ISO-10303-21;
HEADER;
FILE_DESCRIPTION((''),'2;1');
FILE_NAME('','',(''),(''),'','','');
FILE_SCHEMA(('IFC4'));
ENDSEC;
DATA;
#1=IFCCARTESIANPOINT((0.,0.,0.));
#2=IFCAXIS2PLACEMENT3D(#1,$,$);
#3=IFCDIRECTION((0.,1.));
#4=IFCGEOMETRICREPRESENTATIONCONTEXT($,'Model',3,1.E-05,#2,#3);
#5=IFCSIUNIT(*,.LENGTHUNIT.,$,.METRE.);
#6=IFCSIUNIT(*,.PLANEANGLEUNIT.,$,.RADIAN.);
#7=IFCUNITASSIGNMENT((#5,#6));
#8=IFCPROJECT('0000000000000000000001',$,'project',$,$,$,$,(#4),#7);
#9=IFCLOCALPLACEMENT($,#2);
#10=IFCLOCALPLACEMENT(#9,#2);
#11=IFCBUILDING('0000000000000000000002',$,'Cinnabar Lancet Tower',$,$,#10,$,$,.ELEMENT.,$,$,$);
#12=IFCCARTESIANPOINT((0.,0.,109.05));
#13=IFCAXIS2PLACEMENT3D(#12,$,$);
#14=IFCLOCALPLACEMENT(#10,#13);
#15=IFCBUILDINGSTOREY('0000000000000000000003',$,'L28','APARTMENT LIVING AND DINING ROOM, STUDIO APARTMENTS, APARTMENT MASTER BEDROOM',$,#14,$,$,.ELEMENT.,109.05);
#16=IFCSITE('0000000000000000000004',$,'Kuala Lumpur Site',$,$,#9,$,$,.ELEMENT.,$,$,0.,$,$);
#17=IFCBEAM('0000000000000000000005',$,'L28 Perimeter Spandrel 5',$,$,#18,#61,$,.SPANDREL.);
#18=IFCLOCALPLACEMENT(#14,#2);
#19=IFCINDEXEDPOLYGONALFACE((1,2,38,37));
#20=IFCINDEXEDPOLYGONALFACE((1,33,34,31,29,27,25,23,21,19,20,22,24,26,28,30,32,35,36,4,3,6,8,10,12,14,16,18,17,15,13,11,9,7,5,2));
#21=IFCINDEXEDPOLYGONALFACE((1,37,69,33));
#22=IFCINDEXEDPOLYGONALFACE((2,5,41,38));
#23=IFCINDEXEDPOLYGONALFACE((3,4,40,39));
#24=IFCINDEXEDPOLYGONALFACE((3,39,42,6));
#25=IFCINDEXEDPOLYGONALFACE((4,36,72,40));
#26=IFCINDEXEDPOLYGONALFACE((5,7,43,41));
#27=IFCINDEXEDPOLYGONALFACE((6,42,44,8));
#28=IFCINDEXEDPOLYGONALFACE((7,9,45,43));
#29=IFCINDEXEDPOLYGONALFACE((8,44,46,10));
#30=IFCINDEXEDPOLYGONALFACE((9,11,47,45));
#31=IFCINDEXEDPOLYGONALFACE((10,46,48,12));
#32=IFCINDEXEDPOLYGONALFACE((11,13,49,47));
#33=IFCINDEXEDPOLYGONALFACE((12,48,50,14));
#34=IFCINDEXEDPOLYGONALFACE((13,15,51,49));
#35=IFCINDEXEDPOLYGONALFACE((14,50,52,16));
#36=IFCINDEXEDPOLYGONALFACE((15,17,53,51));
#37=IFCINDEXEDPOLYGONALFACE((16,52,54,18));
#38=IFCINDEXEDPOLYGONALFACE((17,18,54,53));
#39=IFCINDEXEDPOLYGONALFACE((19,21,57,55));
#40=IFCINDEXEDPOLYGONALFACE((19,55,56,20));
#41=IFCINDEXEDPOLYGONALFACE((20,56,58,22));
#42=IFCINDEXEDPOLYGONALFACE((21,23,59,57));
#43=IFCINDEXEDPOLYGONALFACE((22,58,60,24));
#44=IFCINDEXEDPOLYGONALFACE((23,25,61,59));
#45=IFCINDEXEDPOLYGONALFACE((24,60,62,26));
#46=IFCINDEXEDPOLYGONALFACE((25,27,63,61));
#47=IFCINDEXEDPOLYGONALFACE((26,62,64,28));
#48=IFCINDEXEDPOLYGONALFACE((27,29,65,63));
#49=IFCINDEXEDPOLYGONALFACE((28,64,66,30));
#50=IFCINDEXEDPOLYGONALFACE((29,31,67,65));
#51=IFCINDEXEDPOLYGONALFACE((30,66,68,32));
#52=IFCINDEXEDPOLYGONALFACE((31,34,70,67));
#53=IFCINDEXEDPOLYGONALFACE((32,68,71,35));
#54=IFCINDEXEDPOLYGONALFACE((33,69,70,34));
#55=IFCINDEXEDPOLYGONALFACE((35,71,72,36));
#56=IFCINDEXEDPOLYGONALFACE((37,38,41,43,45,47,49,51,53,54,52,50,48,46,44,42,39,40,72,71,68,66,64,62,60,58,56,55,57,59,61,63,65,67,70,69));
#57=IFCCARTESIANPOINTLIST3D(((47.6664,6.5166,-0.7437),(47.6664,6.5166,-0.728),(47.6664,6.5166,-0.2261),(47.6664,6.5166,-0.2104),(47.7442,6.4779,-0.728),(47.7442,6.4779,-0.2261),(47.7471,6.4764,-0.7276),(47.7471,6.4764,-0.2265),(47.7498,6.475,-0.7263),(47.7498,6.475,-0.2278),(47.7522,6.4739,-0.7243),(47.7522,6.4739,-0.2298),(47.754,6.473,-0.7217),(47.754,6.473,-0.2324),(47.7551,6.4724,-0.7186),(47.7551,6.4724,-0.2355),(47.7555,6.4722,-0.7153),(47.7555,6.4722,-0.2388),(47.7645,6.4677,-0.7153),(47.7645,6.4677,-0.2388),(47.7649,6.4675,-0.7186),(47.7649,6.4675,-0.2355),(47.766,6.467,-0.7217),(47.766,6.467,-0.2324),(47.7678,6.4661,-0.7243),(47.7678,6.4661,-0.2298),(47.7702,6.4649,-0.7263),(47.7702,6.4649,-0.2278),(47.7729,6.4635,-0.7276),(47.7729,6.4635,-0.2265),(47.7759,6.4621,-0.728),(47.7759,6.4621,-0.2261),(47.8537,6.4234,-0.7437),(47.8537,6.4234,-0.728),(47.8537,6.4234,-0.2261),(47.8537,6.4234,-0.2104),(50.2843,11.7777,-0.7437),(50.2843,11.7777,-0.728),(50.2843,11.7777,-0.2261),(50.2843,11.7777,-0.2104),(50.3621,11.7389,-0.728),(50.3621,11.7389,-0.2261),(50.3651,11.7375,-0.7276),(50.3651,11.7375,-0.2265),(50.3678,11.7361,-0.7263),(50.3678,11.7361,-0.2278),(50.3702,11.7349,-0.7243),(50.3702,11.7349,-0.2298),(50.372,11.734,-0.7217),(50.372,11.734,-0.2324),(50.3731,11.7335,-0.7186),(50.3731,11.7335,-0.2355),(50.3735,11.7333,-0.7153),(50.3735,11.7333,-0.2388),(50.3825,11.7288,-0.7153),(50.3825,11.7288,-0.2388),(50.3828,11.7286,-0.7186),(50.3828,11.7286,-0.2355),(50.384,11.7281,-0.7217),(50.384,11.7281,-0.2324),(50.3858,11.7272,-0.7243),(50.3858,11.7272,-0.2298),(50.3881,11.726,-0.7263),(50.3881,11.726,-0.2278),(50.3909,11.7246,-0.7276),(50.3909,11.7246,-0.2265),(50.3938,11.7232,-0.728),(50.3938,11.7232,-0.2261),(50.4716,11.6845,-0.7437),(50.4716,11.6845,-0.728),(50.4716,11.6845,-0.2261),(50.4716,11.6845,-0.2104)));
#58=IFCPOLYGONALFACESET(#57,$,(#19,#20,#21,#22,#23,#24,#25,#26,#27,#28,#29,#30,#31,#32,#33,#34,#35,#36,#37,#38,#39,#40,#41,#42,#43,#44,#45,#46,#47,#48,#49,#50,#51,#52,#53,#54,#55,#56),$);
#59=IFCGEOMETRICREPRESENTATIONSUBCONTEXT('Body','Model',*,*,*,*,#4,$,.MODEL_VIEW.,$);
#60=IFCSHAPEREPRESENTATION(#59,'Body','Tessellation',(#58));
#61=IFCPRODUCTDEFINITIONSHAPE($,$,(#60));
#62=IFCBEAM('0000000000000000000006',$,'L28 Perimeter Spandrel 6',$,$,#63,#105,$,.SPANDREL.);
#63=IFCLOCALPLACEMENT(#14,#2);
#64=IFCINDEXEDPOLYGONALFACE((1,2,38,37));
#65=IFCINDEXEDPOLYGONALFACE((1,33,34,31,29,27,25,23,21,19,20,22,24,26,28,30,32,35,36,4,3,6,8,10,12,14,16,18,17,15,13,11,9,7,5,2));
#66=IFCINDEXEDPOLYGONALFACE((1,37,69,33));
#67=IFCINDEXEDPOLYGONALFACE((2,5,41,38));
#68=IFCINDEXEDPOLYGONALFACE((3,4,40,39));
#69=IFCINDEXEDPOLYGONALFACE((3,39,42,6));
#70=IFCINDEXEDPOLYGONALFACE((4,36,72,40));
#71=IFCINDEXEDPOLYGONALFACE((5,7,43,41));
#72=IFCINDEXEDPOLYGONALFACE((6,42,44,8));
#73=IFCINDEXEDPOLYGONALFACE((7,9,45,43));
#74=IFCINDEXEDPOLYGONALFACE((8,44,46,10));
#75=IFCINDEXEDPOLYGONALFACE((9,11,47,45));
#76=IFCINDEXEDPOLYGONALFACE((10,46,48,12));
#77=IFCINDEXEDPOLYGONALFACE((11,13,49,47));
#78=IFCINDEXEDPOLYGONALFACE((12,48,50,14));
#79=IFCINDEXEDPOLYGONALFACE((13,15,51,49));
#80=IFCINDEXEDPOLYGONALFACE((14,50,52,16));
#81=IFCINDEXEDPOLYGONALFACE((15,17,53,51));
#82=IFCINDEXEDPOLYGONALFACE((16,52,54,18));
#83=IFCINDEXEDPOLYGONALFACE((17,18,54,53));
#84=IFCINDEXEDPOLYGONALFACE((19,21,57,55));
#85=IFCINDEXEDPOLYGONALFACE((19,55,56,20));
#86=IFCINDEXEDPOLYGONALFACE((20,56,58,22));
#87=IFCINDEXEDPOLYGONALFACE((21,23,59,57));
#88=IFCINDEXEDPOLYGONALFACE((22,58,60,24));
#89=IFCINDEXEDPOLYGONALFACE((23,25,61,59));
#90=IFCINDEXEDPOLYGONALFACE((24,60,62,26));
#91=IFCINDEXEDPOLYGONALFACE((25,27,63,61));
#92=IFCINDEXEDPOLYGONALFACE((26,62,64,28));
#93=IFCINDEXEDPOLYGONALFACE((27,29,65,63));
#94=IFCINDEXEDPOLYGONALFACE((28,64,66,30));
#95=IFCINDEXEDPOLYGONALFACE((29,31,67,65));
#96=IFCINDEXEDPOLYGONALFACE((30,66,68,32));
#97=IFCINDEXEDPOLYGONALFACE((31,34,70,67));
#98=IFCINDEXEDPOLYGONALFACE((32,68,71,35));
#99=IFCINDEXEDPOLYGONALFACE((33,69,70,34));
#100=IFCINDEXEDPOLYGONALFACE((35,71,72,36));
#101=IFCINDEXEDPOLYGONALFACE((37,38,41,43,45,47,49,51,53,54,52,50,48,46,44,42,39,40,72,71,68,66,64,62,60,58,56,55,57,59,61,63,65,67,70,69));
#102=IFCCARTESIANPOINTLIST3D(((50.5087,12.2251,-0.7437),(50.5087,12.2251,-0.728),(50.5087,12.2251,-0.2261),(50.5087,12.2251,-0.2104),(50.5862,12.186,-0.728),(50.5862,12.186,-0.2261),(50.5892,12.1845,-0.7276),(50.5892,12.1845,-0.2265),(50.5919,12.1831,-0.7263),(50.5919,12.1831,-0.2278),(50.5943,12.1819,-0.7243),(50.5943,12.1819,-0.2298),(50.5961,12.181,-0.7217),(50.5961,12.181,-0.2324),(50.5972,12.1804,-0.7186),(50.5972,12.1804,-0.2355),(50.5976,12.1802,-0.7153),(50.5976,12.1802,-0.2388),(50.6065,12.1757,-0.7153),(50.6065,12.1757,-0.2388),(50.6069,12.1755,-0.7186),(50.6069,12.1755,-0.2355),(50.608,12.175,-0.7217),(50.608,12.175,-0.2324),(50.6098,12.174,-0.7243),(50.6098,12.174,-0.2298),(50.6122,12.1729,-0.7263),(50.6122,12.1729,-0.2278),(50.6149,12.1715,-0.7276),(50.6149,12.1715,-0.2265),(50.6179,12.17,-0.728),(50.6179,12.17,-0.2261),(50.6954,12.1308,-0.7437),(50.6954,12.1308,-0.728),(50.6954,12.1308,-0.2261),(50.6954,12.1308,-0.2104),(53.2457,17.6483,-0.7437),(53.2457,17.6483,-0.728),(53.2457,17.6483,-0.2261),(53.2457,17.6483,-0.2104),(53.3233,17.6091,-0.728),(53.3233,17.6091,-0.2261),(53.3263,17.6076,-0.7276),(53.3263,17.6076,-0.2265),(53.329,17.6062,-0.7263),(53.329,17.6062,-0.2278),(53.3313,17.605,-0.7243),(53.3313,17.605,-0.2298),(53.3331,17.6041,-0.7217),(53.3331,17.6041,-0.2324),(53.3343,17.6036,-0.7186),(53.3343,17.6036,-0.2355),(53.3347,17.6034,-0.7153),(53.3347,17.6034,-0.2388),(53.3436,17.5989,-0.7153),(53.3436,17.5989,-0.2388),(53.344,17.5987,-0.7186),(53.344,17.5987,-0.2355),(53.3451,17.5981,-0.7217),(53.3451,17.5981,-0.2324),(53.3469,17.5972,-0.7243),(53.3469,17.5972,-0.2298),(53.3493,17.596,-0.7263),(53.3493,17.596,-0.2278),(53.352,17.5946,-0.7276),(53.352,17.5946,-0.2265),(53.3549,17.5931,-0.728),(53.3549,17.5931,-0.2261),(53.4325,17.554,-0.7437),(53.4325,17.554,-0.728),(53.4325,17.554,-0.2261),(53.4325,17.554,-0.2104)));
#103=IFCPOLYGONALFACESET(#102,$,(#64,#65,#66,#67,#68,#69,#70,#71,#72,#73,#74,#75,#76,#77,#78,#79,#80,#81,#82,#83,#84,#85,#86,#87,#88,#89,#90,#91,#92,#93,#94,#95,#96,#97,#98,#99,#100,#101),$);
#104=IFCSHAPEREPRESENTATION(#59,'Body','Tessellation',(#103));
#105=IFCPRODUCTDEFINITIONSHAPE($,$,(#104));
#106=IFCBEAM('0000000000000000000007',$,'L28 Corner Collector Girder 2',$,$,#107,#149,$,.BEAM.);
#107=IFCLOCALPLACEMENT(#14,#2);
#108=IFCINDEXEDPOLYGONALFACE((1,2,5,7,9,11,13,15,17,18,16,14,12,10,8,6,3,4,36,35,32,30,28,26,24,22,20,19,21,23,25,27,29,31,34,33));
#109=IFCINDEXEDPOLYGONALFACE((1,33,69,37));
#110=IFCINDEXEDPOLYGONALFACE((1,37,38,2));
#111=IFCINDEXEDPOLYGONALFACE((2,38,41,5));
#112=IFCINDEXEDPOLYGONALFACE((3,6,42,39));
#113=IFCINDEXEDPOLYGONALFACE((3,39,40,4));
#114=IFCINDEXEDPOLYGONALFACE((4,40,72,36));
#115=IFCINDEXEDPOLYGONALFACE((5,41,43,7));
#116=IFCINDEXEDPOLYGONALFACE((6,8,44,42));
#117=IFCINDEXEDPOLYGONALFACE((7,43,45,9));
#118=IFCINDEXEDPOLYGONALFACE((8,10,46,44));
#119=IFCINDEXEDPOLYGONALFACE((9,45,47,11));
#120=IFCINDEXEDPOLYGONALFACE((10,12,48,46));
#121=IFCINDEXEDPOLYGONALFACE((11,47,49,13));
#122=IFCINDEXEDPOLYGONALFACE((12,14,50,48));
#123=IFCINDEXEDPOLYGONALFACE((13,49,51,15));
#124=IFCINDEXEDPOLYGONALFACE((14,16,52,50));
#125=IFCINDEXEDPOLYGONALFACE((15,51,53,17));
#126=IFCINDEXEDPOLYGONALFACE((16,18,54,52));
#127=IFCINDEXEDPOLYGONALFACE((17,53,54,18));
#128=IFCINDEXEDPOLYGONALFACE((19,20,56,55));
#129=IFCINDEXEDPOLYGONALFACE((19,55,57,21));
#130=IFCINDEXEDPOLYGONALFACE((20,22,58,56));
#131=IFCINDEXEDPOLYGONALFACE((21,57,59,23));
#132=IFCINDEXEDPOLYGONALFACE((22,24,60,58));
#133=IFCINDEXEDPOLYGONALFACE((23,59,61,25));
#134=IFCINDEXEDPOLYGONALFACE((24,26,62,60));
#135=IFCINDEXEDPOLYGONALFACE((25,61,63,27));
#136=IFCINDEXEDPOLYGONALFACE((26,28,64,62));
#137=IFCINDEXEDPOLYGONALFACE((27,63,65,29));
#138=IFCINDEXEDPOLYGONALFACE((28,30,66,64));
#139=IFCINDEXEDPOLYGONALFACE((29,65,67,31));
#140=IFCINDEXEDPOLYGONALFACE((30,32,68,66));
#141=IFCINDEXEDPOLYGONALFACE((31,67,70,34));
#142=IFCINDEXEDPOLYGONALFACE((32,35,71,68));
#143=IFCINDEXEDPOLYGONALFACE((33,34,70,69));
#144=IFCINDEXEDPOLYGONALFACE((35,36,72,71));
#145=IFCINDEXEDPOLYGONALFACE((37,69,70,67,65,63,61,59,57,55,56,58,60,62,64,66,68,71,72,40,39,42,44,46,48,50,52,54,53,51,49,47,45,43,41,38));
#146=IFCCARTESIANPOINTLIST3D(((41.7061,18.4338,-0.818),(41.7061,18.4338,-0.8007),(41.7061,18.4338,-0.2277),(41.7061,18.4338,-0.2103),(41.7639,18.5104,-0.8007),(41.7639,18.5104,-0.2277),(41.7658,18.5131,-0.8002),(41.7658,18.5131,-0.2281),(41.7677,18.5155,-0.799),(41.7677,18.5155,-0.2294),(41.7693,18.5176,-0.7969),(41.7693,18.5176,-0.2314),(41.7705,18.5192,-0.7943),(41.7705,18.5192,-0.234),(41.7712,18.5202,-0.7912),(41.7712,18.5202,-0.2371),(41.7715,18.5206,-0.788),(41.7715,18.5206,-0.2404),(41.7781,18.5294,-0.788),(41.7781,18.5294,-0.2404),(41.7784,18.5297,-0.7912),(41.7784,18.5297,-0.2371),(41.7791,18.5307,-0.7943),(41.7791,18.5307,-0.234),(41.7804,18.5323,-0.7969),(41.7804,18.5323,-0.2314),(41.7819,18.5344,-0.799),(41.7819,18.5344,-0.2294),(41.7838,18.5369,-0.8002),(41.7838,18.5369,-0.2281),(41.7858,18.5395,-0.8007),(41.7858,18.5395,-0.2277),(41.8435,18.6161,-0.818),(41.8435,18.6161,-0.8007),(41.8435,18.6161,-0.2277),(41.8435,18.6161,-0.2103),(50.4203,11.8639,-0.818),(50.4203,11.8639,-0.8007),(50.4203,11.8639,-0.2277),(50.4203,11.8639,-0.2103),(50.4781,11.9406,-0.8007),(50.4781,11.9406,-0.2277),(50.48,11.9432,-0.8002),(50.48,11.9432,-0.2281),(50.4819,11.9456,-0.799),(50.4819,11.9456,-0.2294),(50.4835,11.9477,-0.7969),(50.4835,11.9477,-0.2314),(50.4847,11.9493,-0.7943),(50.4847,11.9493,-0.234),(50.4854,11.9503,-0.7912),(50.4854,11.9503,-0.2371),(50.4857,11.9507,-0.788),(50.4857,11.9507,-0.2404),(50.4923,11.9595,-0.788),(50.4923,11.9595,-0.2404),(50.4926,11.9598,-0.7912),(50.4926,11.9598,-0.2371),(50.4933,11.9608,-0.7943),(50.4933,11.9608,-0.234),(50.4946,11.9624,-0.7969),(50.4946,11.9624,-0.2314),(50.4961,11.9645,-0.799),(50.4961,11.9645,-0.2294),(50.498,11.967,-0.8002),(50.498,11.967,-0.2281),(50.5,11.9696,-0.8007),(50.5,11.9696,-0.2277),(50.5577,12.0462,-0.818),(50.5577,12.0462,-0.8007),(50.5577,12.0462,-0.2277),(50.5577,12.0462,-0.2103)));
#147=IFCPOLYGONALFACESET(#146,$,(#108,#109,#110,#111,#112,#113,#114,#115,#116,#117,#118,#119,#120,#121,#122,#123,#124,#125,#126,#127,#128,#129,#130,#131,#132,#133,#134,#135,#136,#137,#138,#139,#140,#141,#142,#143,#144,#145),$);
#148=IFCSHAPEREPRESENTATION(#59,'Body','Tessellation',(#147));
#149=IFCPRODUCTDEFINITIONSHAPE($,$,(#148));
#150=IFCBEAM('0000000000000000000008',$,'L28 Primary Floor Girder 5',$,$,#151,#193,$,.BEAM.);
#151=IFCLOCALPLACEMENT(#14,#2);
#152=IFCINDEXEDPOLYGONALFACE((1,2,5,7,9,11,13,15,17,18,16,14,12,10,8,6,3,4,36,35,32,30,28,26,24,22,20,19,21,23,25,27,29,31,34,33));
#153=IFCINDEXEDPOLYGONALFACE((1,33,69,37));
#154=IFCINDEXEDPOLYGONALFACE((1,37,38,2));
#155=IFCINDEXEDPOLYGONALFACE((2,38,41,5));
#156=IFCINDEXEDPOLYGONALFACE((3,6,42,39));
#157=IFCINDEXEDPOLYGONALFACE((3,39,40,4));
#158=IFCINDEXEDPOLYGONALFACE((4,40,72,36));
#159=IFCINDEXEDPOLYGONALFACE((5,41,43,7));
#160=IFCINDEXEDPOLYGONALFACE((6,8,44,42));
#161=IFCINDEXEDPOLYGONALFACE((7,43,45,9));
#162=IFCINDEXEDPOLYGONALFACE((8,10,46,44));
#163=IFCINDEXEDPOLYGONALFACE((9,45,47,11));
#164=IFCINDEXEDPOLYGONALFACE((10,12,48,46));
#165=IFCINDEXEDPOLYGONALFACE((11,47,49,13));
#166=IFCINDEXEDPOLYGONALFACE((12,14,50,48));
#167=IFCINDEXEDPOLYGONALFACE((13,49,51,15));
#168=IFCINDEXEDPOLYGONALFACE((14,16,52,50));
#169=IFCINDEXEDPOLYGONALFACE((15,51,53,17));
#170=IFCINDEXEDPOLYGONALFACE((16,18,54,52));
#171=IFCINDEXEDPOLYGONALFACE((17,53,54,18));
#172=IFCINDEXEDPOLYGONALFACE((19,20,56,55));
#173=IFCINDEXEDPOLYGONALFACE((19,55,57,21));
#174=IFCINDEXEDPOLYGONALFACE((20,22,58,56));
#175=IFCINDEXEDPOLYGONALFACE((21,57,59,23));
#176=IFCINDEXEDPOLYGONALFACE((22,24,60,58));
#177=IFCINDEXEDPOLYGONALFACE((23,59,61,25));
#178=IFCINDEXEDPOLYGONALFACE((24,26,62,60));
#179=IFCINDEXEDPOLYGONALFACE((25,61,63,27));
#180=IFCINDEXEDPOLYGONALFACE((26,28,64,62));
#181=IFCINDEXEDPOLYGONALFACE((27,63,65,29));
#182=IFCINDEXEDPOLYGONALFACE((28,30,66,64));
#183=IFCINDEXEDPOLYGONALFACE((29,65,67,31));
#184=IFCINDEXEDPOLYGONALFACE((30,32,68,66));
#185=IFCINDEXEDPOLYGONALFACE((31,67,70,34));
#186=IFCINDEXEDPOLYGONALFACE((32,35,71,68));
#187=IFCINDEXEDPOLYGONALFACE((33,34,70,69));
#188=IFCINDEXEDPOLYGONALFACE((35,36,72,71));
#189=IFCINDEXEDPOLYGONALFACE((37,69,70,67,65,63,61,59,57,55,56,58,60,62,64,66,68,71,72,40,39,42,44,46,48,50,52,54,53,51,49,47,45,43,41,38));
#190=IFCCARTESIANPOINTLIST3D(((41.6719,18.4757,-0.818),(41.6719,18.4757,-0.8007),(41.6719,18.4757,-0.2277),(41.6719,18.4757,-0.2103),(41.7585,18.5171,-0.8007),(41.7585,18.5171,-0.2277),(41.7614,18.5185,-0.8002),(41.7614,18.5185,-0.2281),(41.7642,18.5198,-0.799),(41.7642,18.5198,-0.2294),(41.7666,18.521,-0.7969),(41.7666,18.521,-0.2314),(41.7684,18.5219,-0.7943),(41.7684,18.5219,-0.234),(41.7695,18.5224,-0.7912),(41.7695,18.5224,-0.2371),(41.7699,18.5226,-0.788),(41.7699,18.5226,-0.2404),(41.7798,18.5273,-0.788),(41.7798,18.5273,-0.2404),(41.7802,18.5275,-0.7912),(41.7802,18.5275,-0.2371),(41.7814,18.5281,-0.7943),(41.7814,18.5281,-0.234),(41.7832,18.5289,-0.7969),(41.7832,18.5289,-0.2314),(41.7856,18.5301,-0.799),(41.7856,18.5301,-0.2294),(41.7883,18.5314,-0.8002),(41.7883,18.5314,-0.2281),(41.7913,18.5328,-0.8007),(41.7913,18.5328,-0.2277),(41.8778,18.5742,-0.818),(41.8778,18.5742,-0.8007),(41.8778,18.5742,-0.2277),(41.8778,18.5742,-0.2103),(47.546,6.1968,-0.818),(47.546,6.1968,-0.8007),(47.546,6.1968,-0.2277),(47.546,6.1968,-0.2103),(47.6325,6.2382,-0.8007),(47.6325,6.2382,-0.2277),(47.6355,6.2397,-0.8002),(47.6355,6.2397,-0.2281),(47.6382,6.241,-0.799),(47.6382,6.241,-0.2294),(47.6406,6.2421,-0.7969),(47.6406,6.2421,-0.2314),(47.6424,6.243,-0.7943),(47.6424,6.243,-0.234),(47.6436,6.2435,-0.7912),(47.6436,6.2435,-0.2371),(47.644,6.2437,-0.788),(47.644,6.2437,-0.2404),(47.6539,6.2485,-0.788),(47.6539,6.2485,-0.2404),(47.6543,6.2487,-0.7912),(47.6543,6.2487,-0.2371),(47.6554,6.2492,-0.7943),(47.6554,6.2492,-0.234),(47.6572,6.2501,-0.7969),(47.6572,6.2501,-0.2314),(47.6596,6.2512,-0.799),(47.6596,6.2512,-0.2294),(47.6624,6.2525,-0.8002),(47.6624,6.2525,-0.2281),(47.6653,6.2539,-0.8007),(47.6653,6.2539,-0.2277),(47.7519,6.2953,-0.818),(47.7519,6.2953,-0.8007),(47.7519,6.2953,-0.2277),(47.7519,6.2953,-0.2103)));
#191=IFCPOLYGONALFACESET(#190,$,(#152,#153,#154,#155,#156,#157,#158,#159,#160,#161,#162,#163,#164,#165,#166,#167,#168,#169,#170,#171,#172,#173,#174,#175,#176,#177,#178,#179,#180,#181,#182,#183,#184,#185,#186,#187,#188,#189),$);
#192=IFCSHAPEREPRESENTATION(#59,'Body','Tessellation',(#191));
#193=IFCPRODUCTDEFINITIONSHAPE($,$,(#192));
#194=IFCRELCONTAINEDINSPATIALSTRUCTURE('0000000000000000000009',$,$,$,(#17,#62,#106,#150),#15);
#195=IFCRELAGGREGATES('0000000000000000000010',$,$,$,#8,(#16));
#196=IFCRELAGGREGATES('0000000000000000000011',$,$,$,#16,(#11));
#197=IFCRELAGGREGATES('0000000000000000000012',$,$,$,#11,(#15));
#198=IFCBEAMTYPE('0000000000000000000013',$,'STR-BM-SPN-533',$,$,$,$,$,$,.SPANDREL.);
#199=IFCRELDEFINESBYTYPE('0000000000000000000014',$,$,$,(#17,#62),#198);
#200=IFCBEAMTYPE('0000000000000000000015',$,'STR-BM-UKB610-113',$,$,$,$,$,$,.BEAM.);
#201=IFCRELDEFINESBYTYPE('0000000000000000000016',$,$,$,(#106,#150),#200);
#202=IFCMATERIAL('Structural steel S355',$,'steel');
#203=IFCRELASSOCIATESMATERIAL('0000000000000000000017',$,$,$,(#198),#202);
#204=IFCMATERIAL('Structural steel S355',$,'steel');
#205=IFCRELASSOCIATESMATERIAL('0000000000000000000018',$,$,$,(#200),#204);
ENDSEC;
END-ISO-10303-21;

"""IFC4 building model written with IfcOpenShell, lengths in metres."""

from ifc_helpers import new_model, si_unit, direction, frame, origin, origin_2d, place, context, subcontext, project, spatial, i_section, extrude, material, material_profile, profile_set, type_object, element, save


model = new_model("IFC4")

# Units and contexts
model_context = context("Model", 3, precision=1e-05, world=origin(), true_north=direction((0.0, 1.0)))
body_context = subcontext(model_context, "Body", "Model", "MODEL_VIEW")
ifc_project = project(units=[si_unit("LENGTHUNIT", "METRE"), si_unit("PLANEANGLEUNIT", "RADIAN")], contexts=[model_context])

# Site, building, storey
site_placement = place(None, origin())
site = spatial("IfcSite", under=ifc_project, at=site_placement, Name="Kuala Lumpur Site", CompositionType="ELEMENT", RefElevation=0.0)
building_placement = place(site_placement, origin())
building = spatial("IfcBuilding", under=site, at=building_placement, Name="Cinnabar Lancet Tower", CompositionType="ELEMENT")
storey_placement = place(building_placement, frame((0.0, 0.0, 109.05)))
storey = spatial("IfcBuildingStorey", under=building, at=storey_placement, Name="L28", Description="APARTMENT LIVING AND DINING ROOM, STUDIO APARTMENTS, APARTMENT MASTER BEDROOM", CompositionType="ELEMENT", Elevation=109.05)

# Beams
ifc_material_1 = material(Name="Structural steel S355", Category="steel")
ifc_material_profile_1 = material_profile(ifc_material_1, i_section(OverallWidth=0.2092, OverallDepth=0.5332, WebThickness=0.01, FlangeThickness=0.0156, FilletRadius=0.0127, at=origin_2d()), Name="UKB 533x210x92")
ifc_profile_set_1 = profile_set([ifc_material_profile_1], Name="Structural steel S355")
beam_type_1 = type_object("IfcBeamType", Name="STR-BM-SPN-533", PredefinedType="SPANDREL", material=ifc_profile_set_1)
beam_1_placement = place(storey_placement, frame((47.76, 6.47, -0.4771), z_axis=(0.445501, 0.895281, 0.0), x_axis=(-0.895281, 0.445501, 0.0)))
element("IfcBeam", 1, at=beam_1_placement, inside=storey, type_object=beam_type_1, Name="L28 Perimeter Spandrel 5", PredefinedType="SPANDREL", context=body_context, shape_type="SweptSolid", body=[
    extrude(i_section(OverallWidth=0.2092, OverallDepth=0.5332, WebThickness=0.01, FlangeThickness=0.0156, FilletRadius=0.0127, at=origin_2d()), origin(), (0.0, 0.0, 1.0), 5.8765),
])
beam_2_placement = place(storey_placement, frame((50.6021, 12.178, -0.4771), z_axis=(0.45057, 0.892741, 0.0), x_axis=(-0.892741, 0.45057, 0.0)))
element("IfcBeam", 2, at=beam_2_placement, inside=storey, type_object=beam_type_1, Name="L28 Perimeter Spandrel 6", PredefinedType="SPANDREL", context=body_context, shape_type="SweptSolid", body=[
    extrude(i_section(OverallWidth=0.2092, OverallDepth=0.5332, WebThickness=0.01, FlangeThickness=0.0156, FilletRadius=0.0127, at=origin_2d()), origin(), (0.0, 0.0, 1.0), 6.0747),
])
ifc_material_2 = material(Name="Structural steel S355", Category="steel")
ifc_material_profile_2 = material_profile(ifc_material_2, i_section(OverallWidth=0.2283, OverallDepth=0.6077, WebThickness=0.011, FlangeThickness=0.0173, FilletRadius=0.0127, at=origin_2d()), Name="UKB 610x229x113")
ifc_profile_set_2 = profile_set([ifc_material_profile_2], Name="Structural steel S355")
beam_type_2 = type_object("IfcBeamType", Name="STR-BM-UKB610-113", PredefinedType="BEAM", material=ifc_profile_set_2)
beam_3_placement = place(storey_placement, frame((50.489, 11.9551, -0.5142), z_axis=(-0.798491, 0.602006, 0.0), x_axis=(-0.602006, -0.798491, 0.0)))
element("IfcBeam", 3, at=beam_3_placement, inside=storey, type_object=beam_type_2, Name="L28 Corner Collector Girder 2", PredefinedType="BEAM", context=body_context, shape_type="SweptSolid", body=[
    extrude(i_section(OverallWidth=0.2283, OverallDepth=0.6077, WebThickness=0.011, FlangeThickness=0.0173, FilletRadius=0.0127, at=origin_2d()), origin(), (0.0, 0.0, 1.0), 10.9133),
])
beam_4_placement = place(storey_placement, frame((47.6489, 6.2461, -0.5142), z_axis=(-0.431548, 0.90209, 0.0), x_axis=(-0.90209, -0.431548, 0.0)))
element("IfcBeam", 4, at=beam_4_placement, inside=storey, type_object=beam_type_2, Name="L28 Primary Floor Girder 5", PredefinedType="BEAM", context=body_context, shape_type="SweptSolid", body=[
    extrude(i_section(OverallWidth=0.2283, OverallDepth=0.6077, WebThickness=0.011, FlangeThickness=0.0173, FilletRadius=0.0127, at=origin_2d()), origin(), (0.0, 0.0, 1.0), 13.6116),
])

save(model, "model.ifc")
